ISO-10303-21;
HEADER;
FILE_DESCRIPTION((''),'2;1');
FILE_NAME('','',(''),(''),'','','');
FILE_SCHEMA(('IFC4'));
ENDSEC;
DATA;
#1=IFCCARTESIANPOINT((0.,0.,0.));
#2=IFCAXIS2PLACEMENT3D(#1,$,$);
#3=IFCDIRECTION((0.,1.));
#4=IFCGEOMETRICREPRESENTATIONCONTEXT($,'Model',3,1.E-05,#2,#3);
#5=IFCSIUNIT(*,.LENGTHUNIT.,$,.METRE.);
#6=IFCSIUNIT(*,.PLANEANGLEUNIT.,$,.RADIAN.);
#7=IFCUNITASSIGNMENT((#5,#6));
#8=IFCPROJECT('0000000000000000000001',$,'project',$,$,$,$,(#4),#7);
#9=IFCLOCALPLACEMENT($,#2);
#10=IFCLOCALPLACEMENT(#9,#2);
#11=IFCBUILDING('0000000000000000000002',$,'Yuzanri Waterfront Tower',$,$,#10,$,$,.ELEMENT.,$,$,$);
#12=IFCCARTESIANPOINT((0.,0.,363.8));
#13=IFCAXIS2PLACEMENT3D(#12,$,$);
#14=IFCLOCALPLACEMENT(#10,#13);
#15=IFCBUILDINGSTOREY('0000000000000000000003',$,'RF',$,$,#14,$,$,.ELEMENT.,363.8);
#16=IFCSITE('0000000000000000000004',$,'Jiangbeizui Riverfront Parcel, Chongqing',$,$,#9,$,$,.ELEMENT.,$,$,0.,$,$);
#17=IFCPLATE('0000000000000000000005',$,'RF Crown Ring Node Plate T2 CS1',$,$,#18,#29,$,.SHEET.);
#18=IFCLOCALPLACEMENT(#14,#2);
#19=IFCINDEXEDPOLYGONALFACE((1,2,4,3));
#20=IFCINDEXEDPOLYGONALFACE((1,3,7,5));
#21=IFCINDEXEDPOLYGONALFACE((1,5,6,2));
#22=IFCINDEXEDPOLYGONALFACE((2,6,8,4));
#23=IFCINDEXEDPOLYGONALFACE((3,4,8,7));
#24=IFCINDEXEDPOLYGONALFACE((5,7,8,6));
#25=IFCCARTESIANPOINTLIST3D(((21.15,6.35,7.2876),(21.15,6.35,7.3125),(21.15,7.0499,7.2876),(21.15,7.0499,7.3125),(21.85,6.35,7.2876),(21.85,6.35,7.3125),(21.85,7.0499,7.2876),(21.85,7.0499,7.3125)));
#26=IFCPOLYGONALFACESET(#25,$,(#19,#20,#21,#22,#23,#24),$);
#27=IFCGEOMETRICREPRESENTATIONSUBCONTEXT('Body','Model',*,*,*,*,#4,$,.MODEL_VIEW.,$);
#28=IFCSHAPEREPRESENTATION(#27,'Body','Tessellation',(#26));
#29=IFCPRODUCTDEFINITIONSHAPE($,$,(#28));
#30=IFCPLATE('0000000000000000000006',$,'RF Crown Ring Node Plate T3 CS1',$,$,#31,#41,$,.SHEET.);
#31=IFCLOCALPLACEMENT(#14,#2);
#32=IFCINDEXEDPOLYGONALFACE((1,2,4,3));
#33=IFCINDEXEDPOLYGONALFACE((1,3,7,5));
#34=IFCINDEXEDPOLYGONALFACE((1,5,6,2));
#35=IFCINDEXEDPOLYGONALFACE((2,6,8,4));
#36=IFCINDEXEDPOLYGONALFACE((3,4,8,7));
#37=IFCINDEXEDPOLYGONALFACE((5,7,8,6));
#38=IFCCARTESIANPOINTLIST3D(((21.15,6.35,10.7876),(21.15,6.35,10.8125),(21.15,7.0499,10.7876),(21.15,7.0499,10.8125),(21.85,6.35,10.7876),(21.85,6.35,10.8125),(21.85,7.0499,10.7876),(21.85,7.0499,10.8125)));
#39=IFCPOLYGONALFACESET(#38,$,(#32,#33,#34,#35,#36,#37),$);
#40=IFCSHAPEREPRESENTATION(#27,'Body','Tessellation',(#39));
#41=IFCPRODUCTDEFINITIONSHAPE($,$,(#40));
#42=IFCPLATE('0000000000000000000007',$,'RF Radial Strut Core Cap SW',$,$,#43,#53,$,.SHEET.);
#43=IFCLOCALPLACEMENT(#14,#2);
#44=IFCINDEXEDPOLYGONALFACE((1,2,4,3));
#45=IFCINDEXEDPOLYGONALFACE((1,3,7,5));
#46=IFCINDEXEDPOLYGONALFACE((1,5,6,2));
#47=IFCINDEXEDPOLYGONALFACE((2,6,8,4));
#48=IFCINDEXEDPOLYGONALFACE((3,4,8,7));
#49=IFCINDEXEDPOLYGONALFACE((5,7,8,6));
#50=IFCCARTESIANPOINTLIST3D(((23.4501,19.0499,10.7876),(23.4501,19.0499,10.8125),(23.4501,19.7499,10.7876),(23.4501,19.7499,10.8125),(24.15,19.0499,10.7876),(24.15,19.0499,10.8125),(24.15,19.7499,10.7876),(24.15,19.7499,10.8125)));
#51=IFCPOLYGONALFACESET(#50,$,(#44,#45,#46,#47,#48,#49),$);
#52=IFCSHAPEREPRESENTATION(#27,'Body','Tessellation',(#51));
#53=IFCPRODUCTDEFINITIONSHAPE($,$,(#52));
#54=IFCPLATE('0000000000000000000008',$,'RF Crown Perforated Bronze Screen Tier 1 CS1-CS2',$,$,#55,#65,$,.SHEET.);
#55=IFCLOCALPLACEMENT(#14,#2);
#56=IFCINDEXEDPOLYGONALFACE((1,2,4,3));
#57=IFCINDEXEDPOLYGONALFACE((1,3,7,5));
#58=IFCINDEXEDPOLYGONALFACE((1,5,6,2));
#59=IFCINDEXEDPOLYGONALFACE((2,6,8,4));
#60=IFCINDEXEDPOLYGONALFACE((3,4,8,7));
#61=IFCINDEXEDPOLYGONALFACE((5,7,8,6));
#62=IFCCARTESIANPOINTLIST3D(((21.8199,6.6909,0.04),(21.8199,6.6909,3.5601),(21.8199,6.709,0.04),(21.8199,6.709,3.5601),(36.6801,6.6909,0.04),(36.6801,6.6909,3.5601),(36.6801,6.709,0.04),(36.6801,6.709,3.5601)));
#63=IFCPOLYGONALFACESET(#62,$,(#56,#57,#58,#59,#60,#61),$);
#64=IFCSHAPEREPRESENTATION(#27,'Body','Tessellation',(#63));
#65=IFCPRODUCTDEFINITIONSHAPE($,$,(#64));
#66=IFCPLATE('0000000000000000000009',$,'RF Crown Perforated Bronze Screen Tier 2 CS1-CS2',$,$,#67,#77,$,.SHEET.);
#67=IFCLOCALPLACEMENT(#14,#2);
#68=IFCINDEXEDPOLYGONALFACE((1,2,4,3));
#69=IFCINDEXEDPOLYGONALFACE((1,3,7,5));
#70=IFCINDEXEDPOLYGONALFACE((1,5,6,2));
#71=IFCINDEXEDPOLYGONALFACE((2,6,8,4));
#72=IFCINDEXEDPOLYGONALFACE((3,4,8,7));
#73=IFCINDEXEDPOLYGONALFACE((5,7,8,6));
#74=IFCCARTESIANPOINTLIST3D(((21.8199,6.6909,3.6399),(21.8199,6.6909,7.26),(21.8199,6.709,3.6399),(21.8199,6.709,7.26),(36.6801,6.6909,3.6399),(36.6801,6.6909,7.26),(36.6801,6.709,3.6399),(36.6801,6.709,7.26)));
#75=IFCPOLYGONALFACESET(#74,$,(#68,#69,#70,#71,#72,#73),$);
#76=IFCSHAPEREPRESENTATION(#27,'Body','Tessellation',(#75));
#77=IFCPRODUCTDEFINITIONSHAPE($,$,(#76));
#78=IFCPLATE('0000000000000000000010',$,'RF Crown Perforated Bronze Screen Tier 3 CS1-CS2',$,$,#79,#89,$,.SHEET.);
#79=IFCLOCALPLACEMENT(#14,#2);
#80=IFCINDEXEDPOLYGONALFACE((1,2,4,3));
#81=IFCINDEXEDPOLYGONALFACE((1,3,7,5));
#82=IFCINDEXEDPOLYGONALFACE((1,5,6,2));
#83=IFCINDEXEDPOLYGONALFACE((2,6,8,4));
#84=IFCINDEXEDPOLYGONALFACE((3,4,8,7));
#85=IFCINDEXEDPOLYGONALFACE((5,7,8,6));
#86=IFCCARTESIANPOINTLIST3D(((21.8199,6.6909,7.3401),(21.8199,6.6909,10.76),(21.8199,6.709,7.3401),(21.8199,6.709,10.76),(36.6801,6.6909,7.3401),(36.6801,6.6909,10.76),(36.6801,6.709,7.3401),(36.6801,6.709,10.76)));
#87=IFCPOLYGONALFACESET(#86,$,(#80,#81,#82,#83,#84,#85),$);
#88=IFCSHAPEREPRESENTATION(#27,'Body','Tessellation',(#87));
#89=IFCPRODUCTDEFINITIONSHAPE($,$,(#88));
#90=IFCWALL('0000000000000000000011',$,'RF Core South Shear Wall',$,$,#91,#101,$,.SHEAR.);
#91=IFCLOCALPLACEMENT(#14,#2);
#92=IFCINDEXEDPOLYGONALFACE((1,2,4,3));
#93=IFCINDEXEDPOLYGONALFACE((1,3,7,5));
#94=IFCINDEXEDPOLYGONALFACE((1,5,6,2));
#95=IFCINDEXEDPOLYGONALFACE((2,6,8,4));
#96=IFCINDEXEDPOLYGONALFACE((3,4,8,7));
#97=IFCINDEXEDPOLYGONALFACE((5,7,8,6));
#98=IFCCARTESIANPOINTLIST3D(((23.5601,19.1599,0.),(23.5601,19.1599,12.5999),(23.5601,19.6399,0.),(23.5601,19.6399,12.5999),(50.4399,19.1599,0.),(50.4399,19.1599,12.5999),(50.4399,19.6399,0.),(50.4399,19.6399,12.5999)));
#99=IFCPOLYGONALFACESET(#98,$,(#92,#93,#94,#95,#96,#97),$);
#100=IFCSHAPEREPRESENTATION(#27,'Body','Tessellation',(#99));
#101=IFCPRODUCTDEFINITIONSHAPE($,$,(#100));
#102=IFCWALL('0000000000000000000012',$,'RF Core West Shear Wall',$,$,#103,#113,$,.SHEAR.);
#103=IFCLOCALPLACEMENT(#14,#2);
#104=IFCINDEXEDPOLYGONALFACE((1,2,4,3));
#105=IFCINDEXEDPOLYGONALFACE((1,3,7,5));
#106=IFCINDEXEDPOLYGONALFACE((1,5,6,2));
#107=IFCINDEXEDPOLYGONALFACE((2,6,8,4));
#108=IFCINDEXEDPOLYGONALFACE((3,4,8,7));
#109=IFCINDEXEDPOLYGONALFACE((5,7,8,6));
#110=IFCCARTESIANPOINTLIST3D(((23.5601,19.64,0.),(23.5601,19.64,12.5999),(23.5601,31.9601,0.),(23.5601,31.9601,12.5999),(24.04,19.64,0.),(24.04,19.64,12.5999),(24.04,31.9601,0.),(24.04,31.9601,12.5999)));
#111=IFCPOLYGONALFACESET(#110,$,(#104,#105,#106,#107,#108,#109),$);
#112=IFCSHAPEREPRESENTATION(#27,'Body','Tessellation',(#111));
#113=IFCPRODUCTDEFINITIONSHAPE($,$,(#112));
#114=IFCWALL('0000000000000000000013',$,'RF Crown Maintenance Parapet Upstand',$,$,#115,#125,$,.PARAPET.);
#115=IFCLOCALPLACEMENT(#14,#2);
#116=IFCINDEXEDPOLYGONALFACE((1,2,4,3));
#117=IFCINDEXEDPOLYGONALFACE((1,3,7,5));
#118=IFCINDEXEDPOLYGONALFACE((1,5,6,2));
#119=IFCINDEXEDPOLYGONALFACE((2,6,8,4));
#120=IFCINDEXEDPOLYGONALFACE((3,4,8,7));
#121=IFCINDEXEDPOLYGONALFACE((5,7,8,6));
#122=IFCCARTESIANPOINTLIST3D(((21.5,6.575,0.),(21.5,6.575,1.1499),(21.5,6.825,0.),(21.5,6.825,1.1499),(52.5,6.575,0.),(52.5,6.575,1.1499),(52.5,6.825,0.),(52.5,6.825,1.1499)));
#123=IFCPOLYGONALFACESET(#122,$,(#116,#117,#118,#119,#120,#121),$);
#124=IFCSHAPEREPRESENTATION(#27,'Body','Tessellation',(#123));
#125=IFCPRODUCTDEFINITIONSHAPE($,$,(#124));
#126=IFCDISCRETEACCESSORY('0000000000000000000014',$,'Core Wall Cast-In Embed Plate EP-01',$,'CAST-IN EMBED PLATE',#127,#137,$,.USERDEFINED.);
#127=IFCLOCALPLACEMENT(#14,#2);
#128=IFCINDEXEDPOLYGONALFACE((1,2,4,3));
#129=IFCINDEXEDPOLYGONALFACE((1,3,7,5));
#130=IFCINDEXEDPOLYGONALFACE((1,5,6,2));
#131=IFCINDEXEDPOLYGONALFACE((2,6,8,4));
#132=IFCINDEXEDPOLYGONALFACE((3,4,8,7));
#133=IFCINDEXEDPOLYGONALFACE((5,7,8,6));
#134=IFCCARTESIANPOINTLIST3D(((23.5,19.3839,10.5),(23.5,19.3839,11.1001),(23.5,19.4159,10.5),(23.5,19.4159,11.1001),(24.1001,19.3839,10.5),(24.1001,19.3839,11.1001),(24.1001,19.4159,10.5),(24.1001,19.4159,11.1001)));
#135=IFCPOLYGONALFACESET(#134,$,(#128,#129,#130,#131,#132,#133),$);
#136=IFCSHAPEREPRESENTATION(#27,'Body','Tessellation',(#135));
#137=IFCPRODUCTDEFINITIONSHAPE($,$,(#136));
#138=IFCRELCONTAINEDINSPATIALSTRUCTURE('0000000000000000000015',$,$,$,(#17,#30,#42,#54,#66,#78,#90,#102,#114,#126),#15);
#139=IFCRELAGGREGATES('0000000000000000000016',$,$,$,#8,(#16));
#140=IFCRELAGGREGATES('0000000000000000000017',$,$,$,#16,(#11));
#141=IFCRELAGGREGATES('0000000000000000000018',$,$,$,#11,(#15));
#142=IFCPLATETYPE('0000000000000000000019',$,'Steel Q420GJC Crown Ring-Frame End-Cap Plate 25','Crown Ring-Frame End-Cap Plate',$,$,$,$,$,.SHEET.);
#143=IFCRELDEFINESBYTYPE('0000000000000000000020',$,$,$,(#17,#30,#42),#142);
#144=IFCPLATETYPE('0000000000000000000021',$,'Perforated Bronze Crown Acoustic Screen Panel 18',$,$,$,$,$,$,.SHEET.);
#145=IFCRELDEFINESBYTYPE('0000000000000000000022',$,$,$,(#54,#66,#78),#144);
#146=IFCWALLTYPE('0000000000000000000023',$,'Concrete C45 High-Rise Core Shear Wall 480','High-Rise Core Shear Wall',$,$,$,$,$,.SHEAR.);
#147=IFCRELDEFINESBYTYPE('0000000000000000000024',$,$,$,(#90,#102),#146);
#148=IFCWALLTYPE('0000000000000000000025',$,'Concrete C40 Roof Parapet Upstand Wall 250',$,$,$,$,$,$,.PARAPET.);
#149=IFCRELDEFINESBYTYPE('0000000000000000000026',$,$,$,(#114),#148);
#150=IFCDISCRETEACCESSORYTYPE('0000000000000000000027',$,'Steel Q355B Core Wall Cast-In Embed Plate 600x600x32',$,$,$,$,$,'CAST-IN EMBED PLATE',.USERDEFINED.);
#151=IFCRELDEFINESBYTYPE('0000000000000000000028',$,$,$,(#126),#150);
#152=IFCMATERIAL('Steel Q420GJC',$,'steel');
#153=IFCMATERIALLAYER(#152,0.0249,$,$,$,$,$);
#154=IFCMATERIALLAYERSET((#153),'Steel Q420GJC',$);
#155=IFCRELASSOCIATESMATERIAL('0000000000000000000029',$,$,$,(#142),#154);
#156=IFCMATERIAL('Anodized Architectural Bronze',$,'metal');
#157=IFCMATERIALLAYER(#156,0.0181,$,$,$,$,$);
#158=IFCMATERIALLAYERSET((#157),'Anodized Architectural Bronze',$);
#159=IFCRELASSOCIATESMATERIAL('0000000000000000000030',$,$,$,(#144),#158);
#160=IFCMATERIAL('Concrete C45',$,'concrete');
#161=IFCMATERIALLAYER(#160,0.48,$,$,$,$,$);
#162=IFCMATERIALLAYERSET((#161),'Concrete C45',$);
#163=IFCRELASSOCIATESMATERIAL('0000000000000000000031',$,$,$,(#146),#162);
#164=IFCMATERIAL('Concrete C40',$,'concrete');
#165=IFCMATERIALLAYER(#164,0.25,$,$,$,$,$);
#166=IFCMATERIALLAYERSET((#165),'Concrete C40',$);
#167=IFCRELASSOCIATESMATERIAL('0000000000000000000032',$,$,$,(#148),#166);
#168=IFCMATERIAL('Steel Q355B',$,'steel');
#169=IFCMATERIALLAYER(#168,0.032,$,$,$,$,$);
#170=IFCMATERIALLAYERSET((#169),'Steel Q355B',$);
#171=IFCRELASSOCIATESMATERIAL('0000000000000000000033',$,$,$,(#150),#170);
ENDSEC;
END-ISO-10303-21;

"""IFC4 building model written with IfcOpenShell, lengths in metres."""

from ifc_helpers import new_model, si_unit, direction, frame, frame_2d, origin, origin_2d, place, context, subcontext, project, spatial, rectangle, extrude, source, transform, mapped, material, layer, layer_set, type_object, element, save


model = new_model("IFC4")

# Units and contexts
model_context = context("Model", 3, precision=1e-05, world=origin(), true_north=direction((0.0, 1.0)))
body_context = subcontext(model_context, "Body", "Model", "MODEL_VIEW")
ifc_project = project(units=[si_unit("LENGTHUNIT", "METRE"), si_unit("PLANEANGLEUNIT", "RADIAN")], contexts=[model_context])

# Site, building, storey
site_placement = place(None, origin())
site = spatial("IfcSite", under=ifc_project, at=site_placement, Name="Jiangbeizui Riverfront Parcel, Chongqing", CompositionType="ELEMENT", RefElevation=0.0)
building_placement = place(site_placement, origin())
building = spatial("IfcBuilding", under=site, at=building_placement, Name="Yuzanri Waterfront Tower", CompositionType="ELEMENT")
storey_placement = place(building_placement, frame((0.0, 0.0, 363.8)))
storey = spatial("IfcBuildingStorey", under=building, at=storey_placement, Name="RF", CompositionType="ELEMENT", Elevation=363.8)

# Plates
ifc_material_1 = material(Name="Steel Q420GJC", Category="steel")
ifc_layer_1 = layer(ifc_material_1, 0.0249)
ifc_layer_set_1 = layer_set([ifc_layer_1], Name="Steel Q420GJC")
plate_type_1 = type_object("IfcPlateType", Name="Steel Q420GJC Crown Ring-Frame End-Cap Plate 25", Description="Crown Ring-Frame End-Cap Plate", PredefinedType="SHEET", material=ifc_layer_set_1)
shared_shape_1 = source(origin(), body_context, "Body", "SweptSolid", [
    extrude(rectangle(XDim=0.7, YDim=0.7, at=origin_2d()), origin(), (0.0, 0.0, 1.0), 0.0249),
])
for number, where, z_axis, x_axis, name in (
    (1, (21.5, 6.7, 7.2876), (0.0, 0.0, 1.0), (1.0, 0.0, 0.0), "RF Crown Ring Node Plate T2 CS1"),
    (2, (21.5, 6.7, 10.7876), (0.0, 0.0, 1.0), (1.0, 0.0, 0.0), "RF Crown Ring Node Plate T3 CS1"),
    (3, (23.8, 19.3999, 10.7876), (0.0, 0.0, 1.0), (1.0, 0.0, 0.0), "RF Radial Strut Core Cap SW"),
):
    element("IfcPlate", number, at=place(storey_placement, frame(where, z_axis=z_axis, x_axis=x_axis)), inside=storey, type_object=plate_type_1, Name=name, PredefinedType="SHEET", context=body_context, shape_type="MappedRepresentation", body=[
        mapped(shared_shape_1, transform((0.0, 0.0, 0.0), scale=1.0)),
    ])
ifc_material_2 = material(Name="Anodized Architectural Bronze", Category="metal")
ifc_layer_2 = layer(ifc_material_2, 0.0181)
ifc_layer_set_2 = layer_set([ifc_layer_2], Name="Anodized Architectural Bronze")
plate_type_2 = type_object("IfcPlateType", Name="Perforated Bronze Crown Acoustic Screen Panel 18", PredefinedType="SHEET", material=ifc_layer_set_2)
shared_shape_2 = source(origin(), body_context, "Body", "SweptSolid", [
    extrude(rectangle(XDim=14.8601, YDim=0.0181, at=origin_2d()), origin(), (0.0, 0.0, 1.0), 3.52),
])
plate_1_placement = place(storey_placement, frame((29.25, 6.7, 0.04), z_axis=(0.0, 0.0, 1.0), x_axis=(1.0, 0.0, 0.0)))
element("IfcPlate", 4, at=plate_1_placement, inside=storey, type_object=plate_type_2, Name="RF Crown Perforated Bronze Screen Tier 1 CS1-CS2", PredefinedType="SHEET", context=body_context, shape_type="MappedRepresentation", body=[
    mapped(shared_shape_2, transform((0.0, 0.0, 0.0), scale=1.0)),
])
shared_shape_3 = source(origin(), body_context, "Body", "SweptSolid", [
    extrude(rectangle(XDim=14.8601, YDim=0.0181, at=origin_2d()), origin(), (0.0, 0.0, 1.0), 3.6201),
])
plate_2_placement = place(storey_placement, frame((29.25, 6.7, 3.6399), z_axis=(0.0, 0.0, 1.0), x_axis=(1.0, 0.0, 0.0)))
element("IfcPlate", 5, at=plate_2_placement, inside=storey, type_object=plate_type_2, Name="RF Crown Perforated Bronze Screen Tier 2 CS1-CS2", PredefinedType="SHEET", context=body_context, shape_type="MappedRepresentation", body=[
    mapped(shared_shape_3, transform((0.0, 0.0, 0.0), scale=1.0)),
])
shared_shape_4 = source(origin(), body_context, "Body", "SweptSolid", [
    extrude(rectangle(XDim=14.8601, YDim=0.0181, at=origin_2d()), origin(), (0.0, 0.0, 1.0), 3.4199),
])
plate_3_placement = place(storey_placement, frame((29.25, 6.7, 7.3401), z_axis=(0.0, 0.0, 1.0), x_axis=(1.0, 0.0, 0.0)))
element("IfcPlate", 6, at=plate_3_placement, inside=storey, type_object=plate_type_2, Name="RF Crown Perforated Bronze Screen Tier 3 CS1-CS2", PredefinedType="SHEET", context=body_context, shape_type="MappedRepresentation", body=[
    mapped(shared_shape_4, transform((0.0, 0.0, 0.0), scale=1.0)),
])

# Walls
ifc_material_3 = material(Name="Concrete C45", Category="concrete")
ifc_layer_3 = layer(ifc_material_3, 0.48)
ifc_layer_set_3 = layer_set([ifc_layer_3], Name="Concrete C45")
wall_type_1 = type_object("IfcWallType", Name="Concrete C45 High-Rise Core Shear Wall 480", Description="High-Rise Core Shear Wall", PredefinedType="SHEAR", material=ifc_layer_set_3)
shared_shape_5 = source(origin(), body_context, "Body", "SweptSolid", [
    extrude(rectangle(XDim=26.8799, YDim=0.48, at=frame_2d((13.4399, 0.0))), origin(), (0.0, 0.0, 1.0), 12.5999),
])
wall_1_placement = place(storey_placement, frame((23.5601, 19.3999, 0.0), z_axis=(0.0, 0.0, 1.0), x_axis=(1.0, 0.0, 0.0)))
element("IfcWall", 7, at=wall_1_placement, inside=storey, type_object=wall_type_1, Name="RF Core South Shear Wall", PredefinedType="SHEAR", context=body_context, shape_type="MappedRepresentation", body=[
    mapped(shared_shape_5, transform((0.0, 0.0, 0.0), scale=1.0)),
])
shared_shape_6 = source(origin(), body_context, "Body", "SweptSolid", [
    extrude(rectangle(XDim=12.3201, YDim=0.48, at=frame_2d((6.1602, 0.0))), origin(), (0.0, 0.0, 1.0), 12.5999),
])
wall_2_placement = place(storey_placement, frame((23.8, 19.6399, 0.0), z_axis=(0.0, 0.0, 1.0), x_axis=(0.0, 1.0, 0.0)))
element("IfcWall", 8, at=wall_2_placement, inside=storey, type_object=wall_type_1, Name="RF Core West Shear Wall", PredefinedType="SHEAR", context=body_context, shape_type="MappedRepresentation", body=[
    mapped(shared_shape_6, transform((0.0, 0.0, 0.0), scale=1.0)),
])
ifc_material_4 = material(Name="Concrete C40", Category="concrete")
ifc_layer_4 = layer(ifc_material_4, 0.25)
ifc_layer_set_4 = layer_set([ifc_layer_4], Name="Concrete C40")
wall_type_2 = type_object("IfcWallType", Name="Concrete C40 Roof Parapet Upstand Wall 250", PredefinedType="PARAPET", material=ifc_layer_set_4)
shared_shape_7 = source(origin(), body_context, "Body", "SweptSolid", [
    extrude(rectangle(XDim=31.0, YDim=0.25, at=frame_2d((15.5, 0.0))), origin(), (0.0, 0.0, 1.0), 1.1499),
])
wall_3_placement = place(storey_placement, frame((21.5, 6.7, 0.0), z_axis=(0.0, 0.0, 1.0), x_axis=(1.0, 0.0, 0.0)))
element("IfcWall", 9, at=wall_3_placement, inside=storey, type_object=wall_type_2, Name="RF Crown Maintenance Parapet Upstand", PredefinedType="PARAPET", context=body_context, shape_type="MappedRepresentation", body=[
    mapped(shared_shape_7, transform((0.0, 0.0, 0.0), scale=1.0)),
])

# Discrete accessory
ifc_material_5 = material(Name="Steel Q355B", Category="steel")
ifc_layer_5 = layer(ifc_material_5, 0.032)
ifc_layer_set_5 = layer_set([ifc_layer_5], Name="Steel Q355B")
discrete_accessory_type = type_object("IfcDiscreteAccessoryType", Name="Steel Q355B Core Wall Cast-In Embed Plate 600x600x32", ElementType="CAST-IN EMBED PLATE", PredefinedType="USERDEFINED", material=ifc_layer_set_5)
shared_shape_8 = source(origin(), body_context, "Body", "SweptSolid", [
    extrude(rectangle(XDim=0.6001, YDim=0.032, at=origin_2d()), origin(), (0.0, 0.0, 1.0), 0.6001),
])
discrete_accessory_placement = place(storey_placement, frame((23.8, 19.3999, 10.5), z_axis=(0.0, 0.0, 1.0), x_axis=(1.0, 0.0, 0.0)))
element("IfcDiscreteAccessory", 10, at=discrete_accessory_placement, inside=storey, type_object=discrete_accessory_type, Name="Core Wall Cast-In Embed Plate EP-01", ObjectType="CAST-IN EMBED PLATE", PredefinedType="USERDEFINED", context=body_context, shape_type="MappedRepresentation", body=[
    mapped(shared_shape_8, transform((0.0, 0.0, 0.0), scale=1.0)),
])

save(model, "model.ifc")
